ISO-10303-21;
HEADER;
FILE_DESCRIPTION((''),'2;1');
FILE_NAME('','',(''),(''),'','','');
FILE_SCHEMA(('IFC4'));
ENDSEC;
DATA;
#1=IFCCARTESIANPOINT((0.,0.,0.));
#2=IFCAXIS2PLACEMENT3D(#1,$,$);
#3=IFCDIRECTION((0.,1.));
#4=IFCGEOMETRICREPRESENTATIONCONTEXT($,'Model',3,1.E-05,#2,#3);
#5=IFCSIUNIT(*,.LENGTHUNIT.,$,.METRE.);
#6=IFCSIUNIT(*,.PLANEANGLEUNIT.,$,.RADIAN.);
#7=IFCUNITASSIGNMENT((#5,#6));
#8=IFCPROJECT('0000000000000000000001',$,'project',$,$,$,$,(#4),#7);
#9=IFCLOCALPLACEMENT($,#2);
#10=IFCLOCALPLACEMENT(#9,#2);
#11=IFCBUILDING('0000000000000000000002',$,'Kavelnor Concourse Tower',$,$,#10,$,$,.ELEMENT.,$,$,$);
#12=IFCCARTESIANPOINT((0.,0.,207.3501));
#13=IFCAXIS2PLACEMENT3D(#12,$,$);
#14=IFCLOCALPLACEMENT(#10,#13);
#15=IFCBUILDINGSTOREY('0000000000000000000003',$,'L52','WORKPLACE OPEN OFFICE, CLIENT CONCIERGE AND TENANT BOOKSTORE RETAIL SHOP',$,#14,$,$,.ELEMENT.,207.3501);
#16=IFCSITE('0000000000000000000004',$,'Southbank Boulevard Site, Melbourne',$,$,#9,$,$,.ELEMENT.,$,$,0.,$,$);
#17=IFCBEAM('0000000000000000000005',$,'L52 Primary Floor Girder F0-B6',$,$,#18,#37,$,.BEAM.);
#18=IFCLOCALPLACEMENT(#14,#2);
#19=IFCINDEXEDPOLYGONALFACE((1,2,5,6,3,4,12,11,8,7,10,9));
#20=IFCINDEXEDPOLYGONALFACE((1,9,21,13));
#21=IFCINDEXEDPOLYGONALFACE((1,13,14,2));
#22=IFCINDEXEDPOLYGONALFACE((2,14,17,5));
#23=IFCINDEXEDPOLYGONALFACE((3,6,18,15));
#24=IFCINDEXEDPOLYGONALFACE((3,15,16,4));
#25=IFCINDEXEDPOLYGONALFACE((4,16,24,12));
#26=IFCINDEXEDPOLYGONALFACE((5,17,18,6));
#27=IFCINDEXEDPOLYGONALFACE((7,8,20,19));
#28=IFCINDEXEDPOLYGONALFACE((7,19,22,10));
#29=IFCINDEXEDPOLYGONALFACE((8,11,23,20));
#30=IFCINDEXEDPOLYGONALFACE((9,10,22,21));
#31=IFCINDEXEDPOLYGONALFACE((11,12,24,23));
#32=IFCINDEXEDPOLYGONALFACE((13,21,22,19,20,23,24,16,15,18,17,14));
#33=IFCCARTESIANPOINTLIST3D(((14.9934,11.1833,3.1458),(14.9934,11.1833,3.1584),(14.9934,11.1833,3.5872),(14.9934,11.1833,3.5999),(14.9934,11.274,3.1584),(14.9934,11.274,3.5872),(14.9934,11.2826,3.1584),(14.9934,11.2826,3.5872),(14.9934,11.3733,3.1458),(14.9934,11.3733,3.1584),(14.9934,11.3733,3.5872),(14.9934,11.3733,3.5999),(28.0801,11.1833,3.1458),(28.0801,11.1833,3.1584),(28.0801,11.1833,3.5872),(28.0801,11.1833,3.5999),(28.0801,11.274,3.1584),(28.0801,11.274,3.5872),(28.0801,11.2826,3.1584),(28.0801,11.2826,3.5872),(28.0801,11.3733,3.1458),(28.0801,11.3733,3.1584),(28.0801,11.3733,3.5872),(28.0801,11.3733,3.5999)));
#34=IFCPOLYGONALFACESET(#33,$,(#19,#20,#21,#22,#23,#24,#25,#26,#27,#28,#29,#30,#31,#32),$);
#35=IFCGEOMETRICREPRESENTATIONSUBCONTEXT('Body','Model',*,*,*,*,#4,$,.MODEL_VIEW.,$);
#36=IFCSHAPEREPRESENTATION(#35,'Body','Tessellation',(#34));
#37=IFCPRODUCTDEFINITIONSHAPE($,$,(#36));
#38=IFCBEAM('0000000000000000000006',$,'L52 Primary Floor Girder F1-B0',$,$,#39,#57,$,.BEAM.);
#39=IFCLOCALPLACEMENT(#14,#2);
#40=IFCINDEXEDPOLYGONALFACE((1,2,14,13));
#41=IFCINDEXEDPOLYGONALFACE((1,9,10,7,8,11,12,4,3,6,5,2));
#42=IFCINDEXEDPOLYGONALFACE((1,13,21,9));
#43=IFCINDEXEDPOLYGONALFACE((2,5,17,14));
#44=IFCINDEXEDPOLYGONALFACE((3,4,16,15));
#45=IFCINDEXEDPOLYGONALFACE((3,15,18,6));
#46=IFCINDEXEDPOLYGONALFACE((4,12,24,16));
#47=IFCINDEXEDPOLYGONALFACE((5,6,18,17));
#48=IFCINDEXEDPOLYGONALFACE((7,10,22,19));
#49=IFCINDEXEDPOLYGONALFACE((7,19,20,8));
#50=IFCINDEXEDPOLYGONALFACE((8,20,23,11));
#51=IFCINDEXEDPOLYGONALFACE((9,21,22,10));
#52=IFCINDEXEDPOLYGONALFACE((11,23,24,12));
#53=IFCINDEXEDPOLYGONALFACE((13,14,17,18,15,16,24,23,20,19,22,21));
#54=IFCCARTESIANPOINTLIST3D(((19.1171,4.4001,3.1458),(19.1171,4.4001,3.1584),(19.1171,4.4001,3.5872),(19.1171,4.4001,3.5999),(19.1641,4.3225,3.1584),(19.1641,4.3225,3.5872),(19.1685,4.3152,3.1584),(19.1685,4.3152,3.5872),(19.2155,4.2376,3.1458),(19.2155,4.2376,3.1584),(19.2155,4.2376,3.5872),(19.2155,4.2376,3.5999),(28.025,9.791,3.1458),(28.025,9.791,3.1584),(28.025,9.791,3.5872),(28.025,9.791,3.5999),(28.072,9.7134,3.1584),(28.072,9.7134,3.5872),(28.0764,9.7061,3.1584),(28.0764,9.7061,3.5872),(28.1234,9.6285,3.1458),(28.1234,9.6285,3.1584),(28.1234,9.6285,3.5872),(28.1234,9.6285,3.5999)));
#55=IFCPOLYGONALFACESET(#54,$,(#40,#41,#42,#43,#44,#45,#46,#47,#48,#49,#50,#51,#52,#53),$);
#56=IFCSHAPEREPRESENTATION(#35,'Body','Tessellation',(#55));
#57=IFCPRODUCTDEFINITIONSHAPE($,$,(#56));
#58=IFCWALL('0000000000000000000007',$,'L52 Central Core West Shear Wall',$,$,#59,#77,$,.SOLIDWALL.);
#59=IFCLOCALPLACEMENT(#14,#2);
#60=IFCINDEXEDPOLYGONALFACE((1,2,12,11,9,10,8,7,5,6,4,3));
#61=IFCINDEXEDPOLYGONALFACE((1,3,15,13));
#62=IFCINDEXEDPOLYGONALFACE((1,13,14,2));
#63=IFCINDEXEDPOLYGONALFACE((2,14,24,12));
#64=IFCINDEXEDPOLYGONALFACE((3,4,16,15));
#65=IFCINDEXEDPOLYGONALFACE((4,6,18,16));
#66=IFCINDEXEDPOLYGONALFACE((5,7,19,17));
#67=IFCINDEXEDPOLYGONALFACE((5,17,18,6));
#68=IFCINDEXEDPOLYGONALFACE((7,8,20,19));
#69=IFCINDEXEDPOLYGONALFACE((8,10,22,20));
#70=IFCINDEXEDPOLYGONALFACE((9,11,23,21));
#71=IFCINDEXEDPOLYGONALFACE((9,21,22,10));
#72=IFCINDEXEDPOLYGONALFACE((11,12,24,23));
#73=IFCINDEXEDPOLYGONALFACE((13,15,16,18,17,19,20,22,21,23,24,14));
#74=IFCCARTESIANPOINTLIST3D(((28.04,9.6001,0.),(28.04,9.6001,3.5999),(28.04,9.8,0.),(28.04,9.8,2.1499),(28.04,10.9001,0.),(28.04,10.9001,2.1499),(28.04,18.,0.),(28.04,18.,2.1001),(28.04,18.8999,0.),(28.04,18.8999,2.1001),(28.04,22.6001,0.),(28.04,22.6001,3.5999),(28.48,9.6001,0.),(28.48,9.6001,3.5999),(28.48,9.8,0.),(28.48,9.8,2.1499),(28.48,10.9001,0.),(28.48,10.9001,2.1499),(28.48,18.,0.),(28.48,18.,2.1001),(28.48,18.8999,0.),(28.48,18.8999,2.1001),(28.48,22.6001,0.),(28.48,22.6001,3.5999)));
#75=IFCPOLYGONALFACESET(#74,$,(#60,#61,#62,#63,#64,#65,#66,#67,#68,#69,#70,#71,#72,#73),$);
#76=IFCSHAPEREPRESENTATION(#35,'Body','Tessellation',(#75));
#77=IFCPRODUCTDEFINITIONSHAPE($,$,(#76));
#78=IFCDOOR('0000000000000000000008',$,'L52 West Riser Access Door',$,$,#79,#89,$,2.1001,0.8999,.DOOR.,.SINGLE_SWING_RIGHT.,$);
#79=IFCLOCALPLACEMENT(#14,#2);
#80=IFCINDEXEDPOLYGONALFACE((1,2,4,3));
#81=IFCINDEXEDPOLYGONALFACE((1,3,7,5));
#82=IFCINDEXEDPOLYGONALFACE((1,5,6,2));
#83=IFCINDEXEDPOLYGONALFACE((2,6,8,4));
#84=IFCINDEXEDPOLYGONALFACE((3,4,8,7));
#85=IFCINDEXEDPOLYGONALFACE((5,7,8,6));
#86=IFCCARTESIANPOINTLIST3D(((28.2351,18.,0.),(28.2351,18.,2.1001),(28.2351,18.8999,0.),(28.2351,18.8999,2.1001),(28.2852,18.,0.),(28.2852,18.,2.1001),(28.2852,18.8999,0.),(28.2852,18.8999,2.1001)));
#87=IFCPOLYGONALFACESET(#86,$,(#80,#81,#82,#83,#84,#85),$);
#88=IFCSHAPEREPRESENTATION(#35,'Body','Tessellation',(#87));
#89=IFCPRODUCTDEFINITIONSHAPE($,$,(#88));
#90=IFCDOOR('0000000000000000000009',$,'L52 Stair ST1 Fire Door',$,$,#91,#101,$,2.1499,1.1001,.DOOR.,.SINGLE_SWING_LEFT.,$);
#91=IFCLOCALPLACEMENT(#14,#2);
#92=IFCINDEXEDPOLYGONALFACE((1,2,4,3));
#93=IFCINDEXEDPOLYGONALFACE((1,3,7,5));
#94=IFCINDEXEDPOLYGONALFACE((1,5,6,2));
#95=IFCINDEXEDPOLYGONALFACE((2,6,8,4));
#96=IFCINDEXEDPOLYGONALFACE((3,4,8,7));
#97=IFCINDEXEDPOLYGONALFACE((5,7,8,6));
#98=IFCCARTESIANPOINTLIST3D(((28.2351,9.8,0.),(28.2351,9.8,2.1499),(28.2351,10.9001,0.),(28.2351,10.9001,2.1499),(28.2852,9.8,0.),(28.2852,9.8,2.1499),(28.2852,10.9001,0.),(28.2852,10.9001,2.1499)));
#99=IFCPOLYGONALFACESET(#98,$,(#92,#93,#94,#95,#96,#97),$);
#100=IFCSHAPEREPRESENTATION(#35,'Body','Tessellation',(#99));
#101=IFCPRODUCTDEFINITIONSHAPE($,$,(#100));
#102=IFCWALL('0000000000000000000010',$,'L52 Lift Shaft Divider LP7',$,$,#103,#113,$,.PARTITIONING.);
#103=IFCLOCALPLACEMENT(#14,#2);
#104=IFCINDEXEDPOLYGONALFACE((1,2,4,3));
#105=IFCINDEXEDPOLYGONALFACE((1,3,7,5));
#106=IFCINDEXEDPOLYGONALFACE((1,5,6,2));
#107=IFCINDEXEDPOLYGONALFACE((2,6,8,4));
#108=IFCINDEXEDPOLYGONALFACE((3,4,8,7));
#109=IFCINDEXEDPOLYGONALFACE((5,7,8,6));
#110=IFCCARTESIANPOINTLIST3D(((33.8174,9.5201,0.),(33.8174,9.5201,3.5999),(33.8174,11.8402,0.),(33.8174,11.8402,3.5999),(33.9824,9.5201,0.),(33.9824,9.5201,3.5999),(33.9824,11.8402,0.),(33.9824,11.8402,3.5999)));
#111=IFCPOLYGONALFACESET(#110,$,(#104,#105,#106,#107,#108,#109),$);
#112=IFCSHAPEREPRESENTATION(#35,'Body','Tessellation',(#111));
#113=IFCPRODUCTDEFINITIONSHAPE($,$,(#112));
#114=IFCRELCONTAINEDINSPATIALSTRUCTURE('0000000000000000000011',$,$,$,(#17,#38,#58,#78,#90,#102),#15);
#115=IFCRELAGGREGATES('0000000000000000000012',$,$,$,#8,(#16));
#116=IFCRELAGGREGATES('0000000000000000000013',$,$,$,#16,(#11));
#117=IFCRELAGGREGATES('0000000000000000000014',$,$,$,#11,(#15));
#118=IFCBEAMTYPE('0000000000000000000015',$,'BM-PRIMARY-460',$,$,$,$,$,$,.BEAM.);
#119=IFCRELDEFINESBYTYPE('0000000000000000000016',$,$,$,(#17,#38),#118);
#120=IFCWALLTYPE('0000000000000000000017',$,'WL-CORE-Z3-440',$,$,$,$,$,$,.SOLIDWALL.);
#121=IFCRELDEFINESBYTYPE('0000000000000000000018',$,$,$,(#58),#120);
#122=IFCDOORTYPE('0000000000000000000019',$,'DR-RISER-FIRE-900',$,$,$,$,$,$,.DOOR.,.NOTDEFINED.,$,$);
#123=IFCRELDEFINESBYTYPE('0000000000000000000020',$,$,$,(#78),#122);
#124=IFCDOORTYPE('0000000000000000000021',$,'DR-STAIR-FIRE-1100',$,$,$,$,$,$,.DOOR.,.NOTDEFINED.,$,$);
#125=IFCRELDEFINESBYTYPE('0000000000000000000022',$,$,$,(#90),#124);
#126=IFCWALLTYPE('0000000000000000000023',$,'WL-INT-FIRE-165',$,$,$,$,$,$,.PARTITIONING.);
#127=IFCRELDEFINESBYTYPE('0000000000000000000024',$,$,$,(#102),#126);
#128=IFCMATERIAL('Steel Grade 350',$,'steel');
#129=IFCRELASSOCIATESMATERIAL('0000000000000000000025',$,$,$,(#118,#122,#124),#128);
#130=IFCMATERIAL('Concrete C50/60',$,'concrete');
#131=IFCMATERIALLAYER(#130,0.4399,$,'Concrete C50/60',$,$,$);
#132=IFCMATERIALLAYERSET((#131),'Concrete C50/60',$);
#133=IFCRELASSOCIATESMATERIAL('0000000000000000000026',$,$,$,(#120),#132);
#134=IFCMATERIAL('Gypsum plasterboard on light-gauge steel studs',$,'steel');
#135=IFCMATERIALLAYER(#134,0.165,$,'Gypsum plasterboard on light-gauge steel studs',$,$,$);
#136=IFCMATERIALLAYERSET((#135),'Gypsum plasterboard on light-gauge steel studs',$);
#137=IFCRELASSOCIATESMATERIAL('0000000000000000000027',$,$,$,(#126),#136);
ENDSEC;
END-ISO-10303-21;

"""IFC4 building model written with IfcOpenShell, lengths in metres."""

from ifc_helpers import new_model, si_unit, direction, frame, frame_2d, origin, origin_2d, place, context, subcontext, project, spatial, rectangle, i_section, extrude, material, layer, layer_set, material_profile, profile_set, type_object, element, fill, save


model = new_model("IFC4")

# Units and contexts
model_context = context("Model", 3, precision=1e-05, world=origin(), true_north=direction((0.0, 1.0)))
body_context = subcontext(model_context, "Body", "Model", "MODEL_VIEW")
ifc_project = project(units=[si_unit("LENGTHUNIT", "METRE"), si_unit("PLANEANGLEUNIT", "RADIAN")], contexts=[model_context])

# Site, building, storey
site_placement = place(None, origin())
site = spatial("IfcSite", under=ifc_project, at=site_placement, Name="Southbank Boulevard Site, Melbourne", CompositionType="ELEMENT", RefElevation=0.0)
building_placement = place(site_placement, origin())
building = spatial("IfcBuilding", under=site, at=building_placement, Name="Kavelnor Concourse Tower", CompositionType="ELEMENT")
storey_placement = place(building_placement, frame((0.0, 0.0, 207.3501)))
storey = spatial("IfcBuildingStorey", under=building, at=storey_placement, Name="L52", Description="WORKPLACE OPEN OFFICE, CLIENT CONCIERGE AND TENANT BOOKSTORE RETAIL SHOP", CompositionType="ELEMENT", Elevation=207.3501)

# Beams
ifc_material_1 = material(Name="Steel Grade 350", Category="steel")
ifc_material_profile = material_profile(ifc_material_1, i_section(OverallWidth=0.1899, OverallDepth=0.4541, WebThickness=0.0085, FlangeThickness=0.0127, at=origin_2d()), Name="460UB67")
ifc_profile_set = profile_set([ifc_material_profile], Name="Steel Grade 350")
beam_type = type_object("IfcBeamType", Name="BM-PRIMARY-460", PredefinedType="BEAM", material=ifc_profile_set)
beam_1_placement = place(storey_placement, frame((28.0801, 11.2783, 3.3728), z_axis=(-1.0, 0.0, 0.0), x_axis=(0.0, -1.0, 0.0)))
element("IfcBeam", 1, at=beam_1_placement, inside=storey, type_object=beam_type, Name="L52 Primary Floor Girder F0-B6", PredefinedType="BEAM", context=body_context, shape_type="SweptSolid", body=[
    extrude(i_section(OverallWidth=0.1899, OverallDepth=0.4541, WebThickness=0.0085, FlangeThickness=0.0127, at=origin_2d()), origin(), (0.0, 0.0, 1.0), 13.0867),
])
beam_2_placement = place(storey_placement, frame((28.0742, 9.7097, 3.3728), z_axis=(-0.855534, -0.517747, 0.0), x_axis=(0.517747, -0.855534, 0.0)))
element("IfcBeam", 2, at=beam_2_placement, inside=storey, type_object=beam_type, Name="L52 Primary Floor Girder F1-B0", PredefinedType="BEAM", context=body_context, shape_type="SweptSolid", body=[
    extrude(i_section(OverallWidth=0.1899, OverallDepth=0.4541, WebThickness=0.0085, FlangeThickness=0.0127, at=origin_2d()), origin(), (0.0, 0.0, 1.0), 10.4121),
])

# Wall, openings, doors
ifc_material_2 = material(Name="Concrete C50/60", Category="concrete")
ifc_layer_1 = layer(ifc_material_2, 0.4399, Name="Concrete C50/60")
ifc_layer_set_1 = layer_set([ifc_layer_1], Name="Concrete C50/60")
wall_type_1 = type_object("IfcWallType", Name="WL-CORE-Z3-440", PredefinedType="SOLIDWALL", material=ifc_layer_set_1)
wall_1_placement = place(storey_placement, frame((28.26, 9.6001, 0.0), z_axis=(0.0, 0.0, 1.0), x_axis=(0.0, 1.0, 0.0)))
wall_1 = element("IfcWall", 3, at=wall_1_placement, inside=storey, type_object=wall_type_1, Name="L52 Central Core West Shear Wall", PredefinedType="SOLIDWALL", context=body_context, shape_type="SweptSolid", body=[
    extrude(rectangle(XDim=13.0, YDim=0.4399, at=frame_2d((6.5, 0.0))), origin(), (0.0, 0.0, 1.0), 3.5999),
])
opening_1_placement = place(wall_1_placement, frame((0.2, 0.0, 0.0)))
opening_1 = element("IfcOpeningElement", 4, at=opening_1_placement, cuts=wall_1, PredefinedType="OPENING", context=body_context, shape_type="SweptSolid", body=[
    extrude(rectangle(XDim=1.1001, YDim=2.1499, at=frame_2d((0.55, 1.075))), frame((0.0, 0.23, 0.0), z_axis=(0.0, -1.0, 0.0), x_axis=(1.0, 0.0, 0.0)), (0.0, 0.0, 1.0), 0.46),
])
opening_2_placement = place(wall_1_placement, frame((8.3999, 0.0, 0.0)))
opening_2 = element("IfcOpeningElement", 5, at=opening_2_placement, cuts=wall_1, PredefinedType="OPENING", context=body_context, shape_type="SweptSolid", body=[
    extrude(rectangle(XDim=0.8999, YDim=2.1001, at=frame_2d((0.45, 1.05))), frame((0.0, 0.23, 0.0), z_axis=(0.0, -1.0, 0.0), x_axis=(1.0, 0.0, 0.0)), (0.0, 0.0, 1.0), 0.46),
])
door_type_1 = type_object("IfcDoorType", Name="DR-RISER-FIRE-900", OperationType="NOTDEFINED", PredefinedType="DOOR", material=ifc_material_1)
door_1_placement = place(opening_2_placement, origin())
door_1 = element("IfcDoor", 6, at=door_1_placement, inside=storey, type_object=door_type_1, Name="L52 West Riser Access Door", OperationType="SINGLE_SWING_RIGHT", OverallHeight=2.1001, OverallWidth=0.8999, PredefinedType="DOOR", context=body_context, shape_type="SweptSolid", body=[
    extrude(rectangle(XDim=0.8999, YDim=2.1001, at=frame_2d((0.45, 1.05))), frame((0.0, 0.0249, 0.0), z_axis=(0.0, -1.0, 0.0), x_axis=(1.0, 0.0, 0.0)), (0.0, 0.0, 1.0), 0.05),
])
fill(opening_2, door_1)
door_type_2 = type_object("IfcDoorType", Name="DR-STAIR-FIRE-1100", OperationType="NOTDEFINED", PredefinedType="DOOR", material=ifc_material_1)
door_2_placement = place(opening_1_placement, origin())
door_2 = element("IfcDoor", 7, at=door_2_placement, inside=storey, type_object=door_type_2, Name="L52 Stair ST1 Fire Door", OperationType="SINGLE_SWING_LEFT", OverallHeight=2.1499, OverallWidth=1.1001, PredefinedType="DOOR", context=body_context, shape_type="SweptSolid", body=[
    extrude(rectangle(XDim=1.1001, YDim=2.1499, at=frame_2d((0.55, 1.075))), frame((0.0, 0.0249, 0.0), z_axis=(0.0, -1.0, 0.0), x_axis=(1.0, 0.0, 0.0)), (0.0, 0.0, 1.0), 0.05),
])
fill(opening_1, door_2)

# Wall
ifc_material_3 = material(Name="Gypsum plasterboard on light-gauge steel studs", Category="steel")
ifc_layer_2 = layer(ifc_material_3, 0.165, Name="Gypsum plasterboard on light-gauge steel studs")
ifc_layer_set_2 = layer_set([ifc_layer_2], Name="Gypsum plasterboard on light-gauge steel studs")
wall_type_2 = type_object("IfcWallType", Name="WL-INT-FIRE-165", PredefinedType="PARTITIONING", material=ifc_layer_set_2)
wall_2_placement = place(storey_placement, frame((33.8999, 9.52, 0.0), z_axis=(0.0, 0.0, 1.0), x_axis=(0.0, 1.0, 0.0)))
element("IfcWall", 8, at=wall_2_placement, inside=storey, type_object=wall_type_2, Name="L52 Lift Shaft Divider LP7", PredefinedType="PARTITIONING", context=body_context, shape_type="SweptSolid", body=[
    extrude(rectangle(XDim=2.3201, YDim=0.165, at=frame_2d((1.1602, 0.0))), origin(), (0.0, 0.0, 1.0), 3.5999),
])

save(model, "model.ifc")
